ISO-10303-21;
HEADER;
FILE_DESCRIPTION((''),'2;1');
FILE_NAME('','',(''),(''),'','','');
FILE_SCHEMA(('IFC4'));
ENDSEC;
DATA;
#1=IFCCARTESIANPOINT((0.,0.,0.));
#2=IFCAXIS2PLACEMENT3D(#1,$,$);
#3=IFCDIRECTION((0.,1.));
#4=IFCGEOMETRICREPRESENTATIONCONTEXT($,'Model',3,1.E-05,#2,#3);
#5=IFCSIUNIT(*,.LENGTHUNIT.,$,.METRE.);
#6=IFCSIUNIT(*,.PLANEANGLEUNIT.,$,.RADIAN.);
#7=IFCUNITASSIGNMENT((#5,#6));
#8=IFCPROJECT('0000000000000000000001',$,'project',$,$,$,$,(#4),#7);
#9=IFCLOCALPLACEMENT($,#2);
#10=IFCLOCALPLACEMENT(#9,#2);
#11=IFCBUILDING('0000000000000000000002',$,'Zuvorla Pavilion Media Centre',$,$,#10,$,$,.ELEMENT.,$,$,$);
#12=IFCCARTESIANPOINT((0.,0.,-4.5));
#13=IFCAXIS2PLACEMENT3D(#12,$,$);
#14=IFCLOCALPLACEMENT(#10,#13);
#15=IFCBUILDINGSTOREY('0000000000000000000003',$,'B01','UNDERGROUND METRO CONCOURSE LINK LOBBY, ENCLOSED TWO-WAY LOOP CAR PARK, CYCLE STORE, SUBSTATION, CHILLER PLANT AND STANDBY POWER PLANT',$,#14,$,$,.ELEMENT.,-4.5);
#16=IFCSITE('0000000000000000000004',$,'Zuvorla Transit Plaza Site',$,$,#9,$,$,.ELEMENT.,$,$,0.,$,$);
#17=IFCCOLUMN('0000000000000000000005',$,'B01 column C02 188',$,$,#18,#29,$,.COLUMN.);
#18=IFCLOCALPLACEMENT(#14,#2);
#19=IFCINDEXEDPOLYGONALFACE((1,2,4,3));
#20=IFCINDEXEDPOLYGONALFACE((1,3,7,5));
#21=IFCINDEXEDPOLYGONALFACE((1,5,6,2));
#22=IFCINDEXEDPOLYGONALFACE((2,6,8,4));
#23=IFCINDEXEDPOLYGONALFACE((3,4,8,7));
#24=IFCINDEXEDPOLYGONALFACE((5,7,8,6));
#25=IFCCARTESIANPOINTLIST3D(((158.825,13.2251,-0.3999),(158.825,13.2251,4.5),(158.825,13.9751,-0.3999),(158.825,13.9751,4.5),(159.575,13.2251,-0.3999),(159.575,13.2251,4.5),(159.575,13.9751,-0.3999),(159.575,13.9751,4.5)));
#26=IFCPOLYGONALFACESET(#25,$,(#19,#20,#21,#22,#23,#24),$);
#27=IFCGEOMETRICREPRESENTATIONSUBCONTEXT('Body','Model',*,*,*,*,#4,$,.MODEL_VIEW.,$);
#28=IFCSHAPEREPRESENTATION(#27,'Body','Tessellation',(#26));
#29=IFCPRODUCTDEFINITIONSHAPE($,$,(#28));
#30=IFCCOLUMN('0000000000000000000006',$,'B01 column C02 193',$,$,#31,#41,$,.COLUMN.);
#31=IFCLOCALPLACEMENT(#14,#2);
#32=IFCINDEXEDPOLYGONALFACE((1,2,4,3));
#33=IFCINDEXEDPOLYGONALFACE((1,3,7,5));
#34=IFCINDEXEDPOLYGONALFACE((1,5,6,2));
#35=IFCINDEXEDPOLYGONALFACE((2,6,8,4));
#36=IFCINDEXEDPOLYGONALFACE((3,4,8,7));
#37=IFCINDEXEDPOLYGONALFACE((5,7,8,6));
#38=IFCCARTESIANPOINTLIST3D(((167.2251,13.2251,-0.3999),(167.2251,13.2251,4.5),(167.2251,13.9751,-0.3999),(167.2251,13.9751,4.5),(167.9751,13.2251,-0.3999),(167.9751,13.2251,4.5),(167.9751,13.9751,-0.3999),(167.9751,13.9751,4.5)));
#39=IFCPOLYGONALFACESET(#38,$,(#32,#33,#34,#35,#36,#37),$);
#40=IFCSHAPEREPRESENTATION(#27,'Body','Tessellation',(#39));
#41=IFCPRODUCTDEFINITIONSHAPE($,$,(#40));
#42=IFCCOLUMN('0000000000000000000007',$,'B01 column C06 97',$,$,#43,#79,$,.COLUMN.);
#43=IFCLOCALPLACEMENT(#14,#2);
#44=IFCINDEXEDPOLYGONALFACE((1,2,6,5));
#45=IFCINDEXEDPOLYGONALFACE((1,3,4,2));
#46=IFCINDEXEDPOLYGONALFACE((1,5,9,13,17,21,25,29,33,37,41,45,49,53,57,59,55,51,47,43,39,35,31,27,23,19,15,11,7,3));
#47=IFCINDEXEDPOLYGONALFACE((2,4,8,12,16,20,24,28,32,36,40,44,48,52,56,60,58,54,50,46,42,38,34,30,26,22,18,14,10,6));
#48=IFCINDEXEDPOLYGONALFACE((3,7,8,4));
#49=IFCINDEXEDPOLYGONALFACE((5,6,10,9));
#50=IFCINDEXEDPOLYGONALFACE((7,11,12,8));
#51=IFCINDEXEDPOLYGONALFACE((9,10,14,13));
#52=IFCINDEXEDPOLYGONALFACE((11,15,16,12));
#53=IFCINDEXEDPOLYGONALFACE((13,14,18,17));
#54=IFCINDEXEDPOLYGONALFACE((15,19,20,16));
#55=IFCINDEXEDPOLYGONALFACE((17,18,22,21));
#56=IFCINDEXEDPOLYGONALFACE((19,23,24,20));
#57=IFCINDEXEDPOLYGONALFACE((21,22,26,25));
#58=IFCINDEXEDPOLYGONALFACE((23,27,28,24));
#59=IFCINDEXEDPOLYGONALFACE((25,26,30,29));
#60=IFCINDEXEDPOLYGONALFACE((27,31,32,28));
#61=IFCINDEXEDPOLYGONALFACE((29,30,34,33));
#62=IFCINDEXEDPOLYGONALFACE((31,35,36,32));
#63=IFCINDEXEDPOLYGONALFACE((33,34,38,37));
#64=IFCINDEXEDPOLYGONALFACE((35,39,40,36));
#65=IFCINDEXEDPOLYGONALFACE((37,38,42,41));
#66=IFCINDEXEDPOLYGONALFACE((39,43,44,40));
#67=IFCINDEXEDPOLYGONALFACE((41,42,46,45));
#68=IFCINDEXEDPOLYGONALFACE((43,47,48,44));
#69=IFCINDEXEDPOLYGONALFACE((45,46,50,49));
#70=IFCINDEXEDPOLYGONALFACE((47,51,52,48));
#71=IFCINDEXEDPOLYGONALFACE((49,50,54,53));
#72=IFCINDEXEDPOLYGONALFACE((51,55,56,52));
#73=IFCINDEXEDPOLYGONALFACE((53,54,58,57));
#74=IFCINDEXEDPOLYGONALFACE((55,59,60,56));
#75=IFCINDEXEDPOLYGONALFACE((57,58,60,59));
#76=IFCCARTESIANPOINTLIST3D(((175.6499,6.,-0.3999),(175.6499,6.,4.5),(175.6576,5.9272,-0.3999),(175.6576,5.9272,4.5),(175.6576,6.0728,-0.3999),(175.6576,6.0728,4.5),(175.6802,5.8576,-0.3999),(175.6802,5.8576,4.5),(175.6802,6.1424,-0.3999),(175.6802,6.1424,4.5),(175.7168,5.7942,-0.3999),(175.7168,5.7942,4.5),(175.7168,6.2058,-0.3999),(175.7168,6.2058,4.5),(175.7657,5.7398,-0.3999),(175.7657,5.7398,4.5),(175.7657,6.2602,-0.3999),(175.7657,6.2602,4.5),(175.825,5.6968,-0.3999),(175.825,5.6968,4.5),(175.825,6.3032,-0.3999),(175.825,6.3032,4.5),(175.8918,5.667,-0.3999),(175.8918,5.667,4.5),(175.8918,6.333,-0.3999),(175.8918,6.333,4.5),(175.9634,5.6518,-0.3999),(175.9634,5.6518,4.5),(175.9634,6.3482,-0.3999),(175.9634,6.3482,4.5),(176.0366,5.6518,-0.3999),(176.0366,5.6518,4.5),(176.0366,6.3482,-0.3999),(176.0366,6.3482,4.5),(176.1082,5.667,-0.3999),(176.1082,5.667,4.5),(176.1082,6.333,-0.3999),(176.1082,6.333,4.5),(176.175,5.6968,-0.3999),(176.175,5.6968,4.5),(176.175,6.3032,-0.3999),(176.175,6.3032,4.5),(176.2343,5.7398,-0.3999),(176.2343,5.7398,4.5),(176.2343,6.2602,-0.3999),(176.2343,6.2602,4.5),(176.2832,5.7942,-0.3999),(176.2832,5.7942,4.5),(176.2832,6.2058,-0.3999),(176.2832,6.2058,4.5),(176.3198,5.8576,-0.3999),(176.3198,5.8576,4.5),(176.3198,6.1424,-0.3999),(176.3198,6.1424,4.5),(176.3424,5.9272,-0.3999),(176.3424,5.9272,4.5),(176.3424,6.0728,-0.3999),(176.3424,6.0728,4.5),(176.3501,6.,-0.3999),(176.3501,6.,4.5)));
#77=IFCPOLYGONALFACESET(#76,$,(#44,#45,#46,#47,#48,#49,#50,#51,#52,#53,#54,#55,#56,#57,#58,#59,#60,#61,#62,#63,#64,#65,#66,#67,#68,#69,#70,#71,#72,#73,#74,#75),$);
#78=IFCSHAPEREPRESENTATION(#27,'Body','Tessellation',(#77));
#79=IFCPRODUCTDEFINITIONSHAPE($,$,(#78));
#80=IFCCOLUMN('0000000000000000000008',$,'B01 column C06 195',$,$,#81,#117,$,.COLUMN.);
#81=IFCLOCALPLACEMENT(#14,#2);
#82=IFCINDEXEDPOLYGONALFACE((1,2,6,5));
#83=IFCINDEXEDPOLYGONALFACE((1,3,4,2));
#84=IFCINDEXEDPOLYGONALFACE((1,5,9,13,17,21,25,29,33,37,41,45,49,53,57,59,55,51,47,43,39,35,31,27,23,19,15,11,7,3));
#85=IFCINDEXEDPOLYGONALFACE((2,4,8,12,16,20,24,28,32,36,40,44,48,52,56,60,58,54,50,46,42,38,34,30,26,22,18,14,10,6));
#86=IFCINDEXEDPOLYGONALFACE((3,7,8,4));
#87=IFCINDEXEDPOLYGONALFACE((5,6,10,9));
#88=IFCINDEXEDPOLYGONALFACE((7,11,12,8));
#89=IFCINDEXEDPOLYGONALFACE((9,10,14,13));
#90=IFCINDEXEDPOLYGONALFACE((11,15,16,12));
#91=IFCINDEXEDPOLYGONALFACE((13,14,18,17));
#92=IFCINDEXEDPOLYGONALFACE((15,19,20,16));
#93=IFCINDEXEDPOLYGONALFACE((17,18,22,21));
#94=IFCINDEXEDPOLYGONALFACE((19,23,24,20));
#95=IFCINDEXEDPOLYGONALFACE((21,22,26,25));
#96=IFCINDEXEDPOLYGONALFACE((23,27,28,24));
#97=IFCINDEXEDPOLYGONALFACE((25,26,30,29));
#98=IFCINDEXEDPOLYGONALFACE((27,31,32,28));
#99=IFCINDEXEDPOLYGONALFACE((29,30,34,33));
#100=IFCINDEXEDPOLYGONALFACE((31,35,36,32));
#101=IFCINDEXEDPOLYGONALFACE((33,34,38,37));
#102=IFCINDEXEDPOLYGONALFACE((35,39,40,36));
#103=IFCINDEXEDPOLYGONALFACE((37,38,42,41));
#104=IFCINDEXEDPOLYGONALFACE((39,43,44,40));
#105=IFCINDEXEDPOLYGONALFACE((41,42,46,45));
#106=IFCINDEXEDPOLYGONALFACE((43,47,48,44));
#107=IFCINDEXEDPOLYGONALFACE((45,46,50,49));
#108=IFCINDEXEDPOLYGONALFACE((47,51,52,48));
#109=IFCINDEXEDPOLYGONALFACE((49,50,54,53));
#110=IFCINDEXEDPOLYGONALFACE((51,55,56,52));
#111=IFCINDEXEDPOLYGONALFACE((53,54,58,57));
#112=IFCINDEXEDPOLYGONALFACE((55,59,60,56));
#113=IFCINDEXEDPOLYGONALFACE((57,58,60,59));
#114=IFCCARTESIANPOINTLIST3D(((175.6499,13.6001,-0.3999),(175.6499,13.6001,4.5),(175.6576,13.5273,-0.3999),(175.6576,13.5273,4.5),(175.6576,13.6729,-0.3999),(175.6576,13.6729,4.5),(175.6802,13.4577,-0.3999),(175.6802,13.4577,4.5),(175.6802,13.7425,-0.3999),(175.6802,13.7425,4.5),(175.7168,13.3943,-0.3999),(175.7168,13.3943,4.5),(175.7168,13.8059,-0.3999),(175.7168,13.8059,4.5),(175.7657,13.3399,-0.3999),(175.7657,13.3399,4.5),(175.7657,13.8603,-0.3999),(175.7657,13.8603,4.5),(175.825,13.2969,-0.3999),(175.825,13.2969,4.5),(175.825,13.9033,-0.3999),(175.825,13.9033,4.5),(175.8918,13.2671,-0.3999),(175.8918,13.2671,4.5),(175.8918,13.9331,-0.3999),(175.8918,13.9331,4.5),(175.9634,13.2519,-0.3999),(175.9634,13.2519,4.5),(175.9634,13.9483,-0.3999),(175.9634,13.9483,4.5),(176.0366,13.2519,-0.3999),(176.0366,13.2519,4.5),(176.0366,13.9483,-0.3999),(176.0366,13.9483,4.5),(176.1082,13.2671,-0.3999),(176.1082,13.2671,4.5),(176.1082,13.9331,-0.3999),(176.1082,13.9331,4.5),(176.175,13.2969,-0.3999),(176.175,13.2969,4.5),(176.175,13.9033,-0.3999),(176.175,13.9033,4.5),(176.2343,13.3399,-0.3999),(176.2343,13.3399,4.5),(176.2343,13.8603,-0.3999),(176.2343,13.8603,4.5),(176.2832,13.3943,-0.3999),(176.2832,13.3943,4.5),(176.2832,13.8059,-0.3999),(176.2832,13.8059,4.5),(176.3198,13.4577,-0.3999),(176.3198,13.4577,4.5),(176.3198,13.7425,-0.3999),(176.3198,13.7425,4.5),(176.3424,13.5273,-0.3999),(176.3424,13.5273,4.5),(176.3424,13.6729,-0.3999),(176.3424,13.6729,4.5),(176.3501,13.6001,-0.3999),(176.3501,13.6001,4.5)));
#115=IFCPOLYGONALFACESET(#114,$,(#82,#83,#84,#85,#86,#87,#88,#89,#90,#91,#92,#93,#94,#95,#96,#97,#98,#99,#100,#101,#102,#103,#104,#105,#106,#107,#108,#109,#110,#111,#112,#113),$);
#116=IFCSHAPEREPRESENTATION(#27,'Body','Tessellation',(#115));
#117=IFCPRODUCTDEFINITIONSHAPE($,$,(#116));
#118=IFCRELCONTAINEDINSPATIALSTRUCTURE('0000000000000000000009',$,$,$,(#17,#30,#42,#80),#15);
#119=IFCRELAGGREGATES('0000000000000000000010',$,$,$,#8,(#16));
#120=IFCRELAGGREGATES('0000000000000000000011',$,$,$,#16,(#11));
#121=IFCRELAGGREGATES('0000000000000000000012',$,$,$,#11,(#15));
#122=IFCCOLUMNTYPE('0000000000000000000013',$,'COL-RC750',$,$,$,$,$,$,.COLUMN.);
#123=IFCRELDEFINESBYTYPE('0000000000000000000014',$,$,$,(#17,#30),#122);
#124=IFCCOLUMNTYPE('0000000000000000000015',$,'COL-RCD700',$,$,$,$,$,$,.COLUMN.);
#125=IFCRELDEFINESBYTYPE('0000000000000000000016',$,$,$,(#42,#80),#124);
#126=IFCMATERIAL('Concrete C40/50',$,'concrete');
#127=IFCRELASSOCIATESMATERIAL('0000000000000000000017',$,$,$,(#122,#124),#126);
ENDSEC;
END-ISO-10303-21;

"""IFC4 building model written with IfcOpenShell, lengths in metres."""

from ifc_helpers import new_model, si_unit, direction, frame, origin, origin_2d, place, context, subcontext, project, spatial, rectangle, circle, extrude, material, material_profile, profile_set, type_object, element, save


model = new_model("IFC4")

# Units and contexts
model_context = context("Model", 3, precision=1e-05, world=origin(), true_north=direction((0.0, 1.0)))
body_context = subcontext(model_context, "Body", "Model", "MODEL_VIEW")
ifc_project = project(units=[si_unit("LENGTHUNIT", "METRE"), si_unit("PLANEANGLEUNIT", "RADIAN")], contexts=[model_context])

# Site, building, storey
site_placement = place(None, origin())
site = spatial("IfcSite", under=ifc_project, at=site_placement, Name="Zuvorla Transit Plaza Site", CompositionType="ELEMENT", RefElevation=0.0)
building_placement = place(site_placement, origin())
building = spatial("IfcBuilding", under=site, at=building_placement, Name="Zuvorla Pavilion Media Centre", CompositionType="ELEMENT")
storey_placement = place(building_placement, frame((0.0, 0.0, -4.5)))
storey = spatial("IfcBuildingStorey", under=building, at=storey_placement, Name="B01", Description="UNDERGROUND METRO CONCOURSE LINK LOBBY, ENCLOSED TWO-WAY LOOP CAR PARK, CYCLE STORE, SUBSTATION, CHILLER PLANT AND STANDBY POWER PLANT", CompositionType="ELEMENT", Elevation=-4.5)

# Shared definitions
ifc_material = material(Name="Concrete C40/50", Category="concrete")

# Columns
ifc_material_profile_1 = material_profile(ifc_material, rectangle(XDim=0.75, YDim=0.75, at=origin_2d()), Name="RC 750x750")
ifc_profile_set_1 = profile_set([ifc_material_profile_1], Name="Concrete C40/50")
column_type_1 = type_object("IfcColumnType", Name="COL-RC750", PredefinedType="COLUMN", material=ifc_profile_set_1)
for number, where, z_axis, x_axis, name in (
    (1, (159.2, 13.6001, -0.3999), (0.0, 0.0, 1.0), (1.0, 0.0, 0.0), "B01 column C02 188"),
    (2, (167.6001, 13.6001, -0.3999), (0.0, 0.0, 1.0), (1.0, 0.0, 0.0), "B01 column C02 193"),
):
    element("IfcColumn", number, at=place(storey_placement, frame(where, z_axis=z_axis, x_axis=x_axis)), inside=storey, type_object=column_type_1, Name=name, PredefinedType="COLUMN", context=body_context, shape_type="SweptSolid", body=[
        extrude(rectangle(XDim=0.75, YDim=0.75, at=origin_2d()), origin(), (0.0, 0.0, 1.0), 4.8999),
    ])
ifc_material_profile_2 = material_profile(ifc_material, circle(Radius=0.3501, at=origin_2d()), Name="RC D700")
ifc_profile_set_2 = profile_set([ifc_material_profile_2], Name="Concrete C40/50")
column_type_2 = type_object("IfcColumnType", Name="COL-RCD700", PredefinedType="COLUMN", material=ifc_profile_set_2)
for number, where, z_axis, x_axis, name in (
    (3, (176.0, 6.0, -0.3999), (0.0, 0.0, 1.0), (1.0, 0.0, 0.0), "B01 column C06 97"),
    (4, (176.0, 13.6001, -0.3999), (0.0, 0.0, 1.0), (1.0, 0.0, 0.0), "B01 column C06 195"),
):
    element("IfcColumn", number, at=place(storey_placement, frame(where, z_axis=z_axis, x_axis=x_axis)), inside=storey, type_object=column_type_2, Name=name, PredefinedType="COLUMN", context=body_context, shape_type="SweptSolid", body=[
        extrude(circle(Radius=0.3501, at=origin_2d()), origin(), (0.0, 0.0, 1.0), 4.8999),
    ])

save(model, "model.ifc")
